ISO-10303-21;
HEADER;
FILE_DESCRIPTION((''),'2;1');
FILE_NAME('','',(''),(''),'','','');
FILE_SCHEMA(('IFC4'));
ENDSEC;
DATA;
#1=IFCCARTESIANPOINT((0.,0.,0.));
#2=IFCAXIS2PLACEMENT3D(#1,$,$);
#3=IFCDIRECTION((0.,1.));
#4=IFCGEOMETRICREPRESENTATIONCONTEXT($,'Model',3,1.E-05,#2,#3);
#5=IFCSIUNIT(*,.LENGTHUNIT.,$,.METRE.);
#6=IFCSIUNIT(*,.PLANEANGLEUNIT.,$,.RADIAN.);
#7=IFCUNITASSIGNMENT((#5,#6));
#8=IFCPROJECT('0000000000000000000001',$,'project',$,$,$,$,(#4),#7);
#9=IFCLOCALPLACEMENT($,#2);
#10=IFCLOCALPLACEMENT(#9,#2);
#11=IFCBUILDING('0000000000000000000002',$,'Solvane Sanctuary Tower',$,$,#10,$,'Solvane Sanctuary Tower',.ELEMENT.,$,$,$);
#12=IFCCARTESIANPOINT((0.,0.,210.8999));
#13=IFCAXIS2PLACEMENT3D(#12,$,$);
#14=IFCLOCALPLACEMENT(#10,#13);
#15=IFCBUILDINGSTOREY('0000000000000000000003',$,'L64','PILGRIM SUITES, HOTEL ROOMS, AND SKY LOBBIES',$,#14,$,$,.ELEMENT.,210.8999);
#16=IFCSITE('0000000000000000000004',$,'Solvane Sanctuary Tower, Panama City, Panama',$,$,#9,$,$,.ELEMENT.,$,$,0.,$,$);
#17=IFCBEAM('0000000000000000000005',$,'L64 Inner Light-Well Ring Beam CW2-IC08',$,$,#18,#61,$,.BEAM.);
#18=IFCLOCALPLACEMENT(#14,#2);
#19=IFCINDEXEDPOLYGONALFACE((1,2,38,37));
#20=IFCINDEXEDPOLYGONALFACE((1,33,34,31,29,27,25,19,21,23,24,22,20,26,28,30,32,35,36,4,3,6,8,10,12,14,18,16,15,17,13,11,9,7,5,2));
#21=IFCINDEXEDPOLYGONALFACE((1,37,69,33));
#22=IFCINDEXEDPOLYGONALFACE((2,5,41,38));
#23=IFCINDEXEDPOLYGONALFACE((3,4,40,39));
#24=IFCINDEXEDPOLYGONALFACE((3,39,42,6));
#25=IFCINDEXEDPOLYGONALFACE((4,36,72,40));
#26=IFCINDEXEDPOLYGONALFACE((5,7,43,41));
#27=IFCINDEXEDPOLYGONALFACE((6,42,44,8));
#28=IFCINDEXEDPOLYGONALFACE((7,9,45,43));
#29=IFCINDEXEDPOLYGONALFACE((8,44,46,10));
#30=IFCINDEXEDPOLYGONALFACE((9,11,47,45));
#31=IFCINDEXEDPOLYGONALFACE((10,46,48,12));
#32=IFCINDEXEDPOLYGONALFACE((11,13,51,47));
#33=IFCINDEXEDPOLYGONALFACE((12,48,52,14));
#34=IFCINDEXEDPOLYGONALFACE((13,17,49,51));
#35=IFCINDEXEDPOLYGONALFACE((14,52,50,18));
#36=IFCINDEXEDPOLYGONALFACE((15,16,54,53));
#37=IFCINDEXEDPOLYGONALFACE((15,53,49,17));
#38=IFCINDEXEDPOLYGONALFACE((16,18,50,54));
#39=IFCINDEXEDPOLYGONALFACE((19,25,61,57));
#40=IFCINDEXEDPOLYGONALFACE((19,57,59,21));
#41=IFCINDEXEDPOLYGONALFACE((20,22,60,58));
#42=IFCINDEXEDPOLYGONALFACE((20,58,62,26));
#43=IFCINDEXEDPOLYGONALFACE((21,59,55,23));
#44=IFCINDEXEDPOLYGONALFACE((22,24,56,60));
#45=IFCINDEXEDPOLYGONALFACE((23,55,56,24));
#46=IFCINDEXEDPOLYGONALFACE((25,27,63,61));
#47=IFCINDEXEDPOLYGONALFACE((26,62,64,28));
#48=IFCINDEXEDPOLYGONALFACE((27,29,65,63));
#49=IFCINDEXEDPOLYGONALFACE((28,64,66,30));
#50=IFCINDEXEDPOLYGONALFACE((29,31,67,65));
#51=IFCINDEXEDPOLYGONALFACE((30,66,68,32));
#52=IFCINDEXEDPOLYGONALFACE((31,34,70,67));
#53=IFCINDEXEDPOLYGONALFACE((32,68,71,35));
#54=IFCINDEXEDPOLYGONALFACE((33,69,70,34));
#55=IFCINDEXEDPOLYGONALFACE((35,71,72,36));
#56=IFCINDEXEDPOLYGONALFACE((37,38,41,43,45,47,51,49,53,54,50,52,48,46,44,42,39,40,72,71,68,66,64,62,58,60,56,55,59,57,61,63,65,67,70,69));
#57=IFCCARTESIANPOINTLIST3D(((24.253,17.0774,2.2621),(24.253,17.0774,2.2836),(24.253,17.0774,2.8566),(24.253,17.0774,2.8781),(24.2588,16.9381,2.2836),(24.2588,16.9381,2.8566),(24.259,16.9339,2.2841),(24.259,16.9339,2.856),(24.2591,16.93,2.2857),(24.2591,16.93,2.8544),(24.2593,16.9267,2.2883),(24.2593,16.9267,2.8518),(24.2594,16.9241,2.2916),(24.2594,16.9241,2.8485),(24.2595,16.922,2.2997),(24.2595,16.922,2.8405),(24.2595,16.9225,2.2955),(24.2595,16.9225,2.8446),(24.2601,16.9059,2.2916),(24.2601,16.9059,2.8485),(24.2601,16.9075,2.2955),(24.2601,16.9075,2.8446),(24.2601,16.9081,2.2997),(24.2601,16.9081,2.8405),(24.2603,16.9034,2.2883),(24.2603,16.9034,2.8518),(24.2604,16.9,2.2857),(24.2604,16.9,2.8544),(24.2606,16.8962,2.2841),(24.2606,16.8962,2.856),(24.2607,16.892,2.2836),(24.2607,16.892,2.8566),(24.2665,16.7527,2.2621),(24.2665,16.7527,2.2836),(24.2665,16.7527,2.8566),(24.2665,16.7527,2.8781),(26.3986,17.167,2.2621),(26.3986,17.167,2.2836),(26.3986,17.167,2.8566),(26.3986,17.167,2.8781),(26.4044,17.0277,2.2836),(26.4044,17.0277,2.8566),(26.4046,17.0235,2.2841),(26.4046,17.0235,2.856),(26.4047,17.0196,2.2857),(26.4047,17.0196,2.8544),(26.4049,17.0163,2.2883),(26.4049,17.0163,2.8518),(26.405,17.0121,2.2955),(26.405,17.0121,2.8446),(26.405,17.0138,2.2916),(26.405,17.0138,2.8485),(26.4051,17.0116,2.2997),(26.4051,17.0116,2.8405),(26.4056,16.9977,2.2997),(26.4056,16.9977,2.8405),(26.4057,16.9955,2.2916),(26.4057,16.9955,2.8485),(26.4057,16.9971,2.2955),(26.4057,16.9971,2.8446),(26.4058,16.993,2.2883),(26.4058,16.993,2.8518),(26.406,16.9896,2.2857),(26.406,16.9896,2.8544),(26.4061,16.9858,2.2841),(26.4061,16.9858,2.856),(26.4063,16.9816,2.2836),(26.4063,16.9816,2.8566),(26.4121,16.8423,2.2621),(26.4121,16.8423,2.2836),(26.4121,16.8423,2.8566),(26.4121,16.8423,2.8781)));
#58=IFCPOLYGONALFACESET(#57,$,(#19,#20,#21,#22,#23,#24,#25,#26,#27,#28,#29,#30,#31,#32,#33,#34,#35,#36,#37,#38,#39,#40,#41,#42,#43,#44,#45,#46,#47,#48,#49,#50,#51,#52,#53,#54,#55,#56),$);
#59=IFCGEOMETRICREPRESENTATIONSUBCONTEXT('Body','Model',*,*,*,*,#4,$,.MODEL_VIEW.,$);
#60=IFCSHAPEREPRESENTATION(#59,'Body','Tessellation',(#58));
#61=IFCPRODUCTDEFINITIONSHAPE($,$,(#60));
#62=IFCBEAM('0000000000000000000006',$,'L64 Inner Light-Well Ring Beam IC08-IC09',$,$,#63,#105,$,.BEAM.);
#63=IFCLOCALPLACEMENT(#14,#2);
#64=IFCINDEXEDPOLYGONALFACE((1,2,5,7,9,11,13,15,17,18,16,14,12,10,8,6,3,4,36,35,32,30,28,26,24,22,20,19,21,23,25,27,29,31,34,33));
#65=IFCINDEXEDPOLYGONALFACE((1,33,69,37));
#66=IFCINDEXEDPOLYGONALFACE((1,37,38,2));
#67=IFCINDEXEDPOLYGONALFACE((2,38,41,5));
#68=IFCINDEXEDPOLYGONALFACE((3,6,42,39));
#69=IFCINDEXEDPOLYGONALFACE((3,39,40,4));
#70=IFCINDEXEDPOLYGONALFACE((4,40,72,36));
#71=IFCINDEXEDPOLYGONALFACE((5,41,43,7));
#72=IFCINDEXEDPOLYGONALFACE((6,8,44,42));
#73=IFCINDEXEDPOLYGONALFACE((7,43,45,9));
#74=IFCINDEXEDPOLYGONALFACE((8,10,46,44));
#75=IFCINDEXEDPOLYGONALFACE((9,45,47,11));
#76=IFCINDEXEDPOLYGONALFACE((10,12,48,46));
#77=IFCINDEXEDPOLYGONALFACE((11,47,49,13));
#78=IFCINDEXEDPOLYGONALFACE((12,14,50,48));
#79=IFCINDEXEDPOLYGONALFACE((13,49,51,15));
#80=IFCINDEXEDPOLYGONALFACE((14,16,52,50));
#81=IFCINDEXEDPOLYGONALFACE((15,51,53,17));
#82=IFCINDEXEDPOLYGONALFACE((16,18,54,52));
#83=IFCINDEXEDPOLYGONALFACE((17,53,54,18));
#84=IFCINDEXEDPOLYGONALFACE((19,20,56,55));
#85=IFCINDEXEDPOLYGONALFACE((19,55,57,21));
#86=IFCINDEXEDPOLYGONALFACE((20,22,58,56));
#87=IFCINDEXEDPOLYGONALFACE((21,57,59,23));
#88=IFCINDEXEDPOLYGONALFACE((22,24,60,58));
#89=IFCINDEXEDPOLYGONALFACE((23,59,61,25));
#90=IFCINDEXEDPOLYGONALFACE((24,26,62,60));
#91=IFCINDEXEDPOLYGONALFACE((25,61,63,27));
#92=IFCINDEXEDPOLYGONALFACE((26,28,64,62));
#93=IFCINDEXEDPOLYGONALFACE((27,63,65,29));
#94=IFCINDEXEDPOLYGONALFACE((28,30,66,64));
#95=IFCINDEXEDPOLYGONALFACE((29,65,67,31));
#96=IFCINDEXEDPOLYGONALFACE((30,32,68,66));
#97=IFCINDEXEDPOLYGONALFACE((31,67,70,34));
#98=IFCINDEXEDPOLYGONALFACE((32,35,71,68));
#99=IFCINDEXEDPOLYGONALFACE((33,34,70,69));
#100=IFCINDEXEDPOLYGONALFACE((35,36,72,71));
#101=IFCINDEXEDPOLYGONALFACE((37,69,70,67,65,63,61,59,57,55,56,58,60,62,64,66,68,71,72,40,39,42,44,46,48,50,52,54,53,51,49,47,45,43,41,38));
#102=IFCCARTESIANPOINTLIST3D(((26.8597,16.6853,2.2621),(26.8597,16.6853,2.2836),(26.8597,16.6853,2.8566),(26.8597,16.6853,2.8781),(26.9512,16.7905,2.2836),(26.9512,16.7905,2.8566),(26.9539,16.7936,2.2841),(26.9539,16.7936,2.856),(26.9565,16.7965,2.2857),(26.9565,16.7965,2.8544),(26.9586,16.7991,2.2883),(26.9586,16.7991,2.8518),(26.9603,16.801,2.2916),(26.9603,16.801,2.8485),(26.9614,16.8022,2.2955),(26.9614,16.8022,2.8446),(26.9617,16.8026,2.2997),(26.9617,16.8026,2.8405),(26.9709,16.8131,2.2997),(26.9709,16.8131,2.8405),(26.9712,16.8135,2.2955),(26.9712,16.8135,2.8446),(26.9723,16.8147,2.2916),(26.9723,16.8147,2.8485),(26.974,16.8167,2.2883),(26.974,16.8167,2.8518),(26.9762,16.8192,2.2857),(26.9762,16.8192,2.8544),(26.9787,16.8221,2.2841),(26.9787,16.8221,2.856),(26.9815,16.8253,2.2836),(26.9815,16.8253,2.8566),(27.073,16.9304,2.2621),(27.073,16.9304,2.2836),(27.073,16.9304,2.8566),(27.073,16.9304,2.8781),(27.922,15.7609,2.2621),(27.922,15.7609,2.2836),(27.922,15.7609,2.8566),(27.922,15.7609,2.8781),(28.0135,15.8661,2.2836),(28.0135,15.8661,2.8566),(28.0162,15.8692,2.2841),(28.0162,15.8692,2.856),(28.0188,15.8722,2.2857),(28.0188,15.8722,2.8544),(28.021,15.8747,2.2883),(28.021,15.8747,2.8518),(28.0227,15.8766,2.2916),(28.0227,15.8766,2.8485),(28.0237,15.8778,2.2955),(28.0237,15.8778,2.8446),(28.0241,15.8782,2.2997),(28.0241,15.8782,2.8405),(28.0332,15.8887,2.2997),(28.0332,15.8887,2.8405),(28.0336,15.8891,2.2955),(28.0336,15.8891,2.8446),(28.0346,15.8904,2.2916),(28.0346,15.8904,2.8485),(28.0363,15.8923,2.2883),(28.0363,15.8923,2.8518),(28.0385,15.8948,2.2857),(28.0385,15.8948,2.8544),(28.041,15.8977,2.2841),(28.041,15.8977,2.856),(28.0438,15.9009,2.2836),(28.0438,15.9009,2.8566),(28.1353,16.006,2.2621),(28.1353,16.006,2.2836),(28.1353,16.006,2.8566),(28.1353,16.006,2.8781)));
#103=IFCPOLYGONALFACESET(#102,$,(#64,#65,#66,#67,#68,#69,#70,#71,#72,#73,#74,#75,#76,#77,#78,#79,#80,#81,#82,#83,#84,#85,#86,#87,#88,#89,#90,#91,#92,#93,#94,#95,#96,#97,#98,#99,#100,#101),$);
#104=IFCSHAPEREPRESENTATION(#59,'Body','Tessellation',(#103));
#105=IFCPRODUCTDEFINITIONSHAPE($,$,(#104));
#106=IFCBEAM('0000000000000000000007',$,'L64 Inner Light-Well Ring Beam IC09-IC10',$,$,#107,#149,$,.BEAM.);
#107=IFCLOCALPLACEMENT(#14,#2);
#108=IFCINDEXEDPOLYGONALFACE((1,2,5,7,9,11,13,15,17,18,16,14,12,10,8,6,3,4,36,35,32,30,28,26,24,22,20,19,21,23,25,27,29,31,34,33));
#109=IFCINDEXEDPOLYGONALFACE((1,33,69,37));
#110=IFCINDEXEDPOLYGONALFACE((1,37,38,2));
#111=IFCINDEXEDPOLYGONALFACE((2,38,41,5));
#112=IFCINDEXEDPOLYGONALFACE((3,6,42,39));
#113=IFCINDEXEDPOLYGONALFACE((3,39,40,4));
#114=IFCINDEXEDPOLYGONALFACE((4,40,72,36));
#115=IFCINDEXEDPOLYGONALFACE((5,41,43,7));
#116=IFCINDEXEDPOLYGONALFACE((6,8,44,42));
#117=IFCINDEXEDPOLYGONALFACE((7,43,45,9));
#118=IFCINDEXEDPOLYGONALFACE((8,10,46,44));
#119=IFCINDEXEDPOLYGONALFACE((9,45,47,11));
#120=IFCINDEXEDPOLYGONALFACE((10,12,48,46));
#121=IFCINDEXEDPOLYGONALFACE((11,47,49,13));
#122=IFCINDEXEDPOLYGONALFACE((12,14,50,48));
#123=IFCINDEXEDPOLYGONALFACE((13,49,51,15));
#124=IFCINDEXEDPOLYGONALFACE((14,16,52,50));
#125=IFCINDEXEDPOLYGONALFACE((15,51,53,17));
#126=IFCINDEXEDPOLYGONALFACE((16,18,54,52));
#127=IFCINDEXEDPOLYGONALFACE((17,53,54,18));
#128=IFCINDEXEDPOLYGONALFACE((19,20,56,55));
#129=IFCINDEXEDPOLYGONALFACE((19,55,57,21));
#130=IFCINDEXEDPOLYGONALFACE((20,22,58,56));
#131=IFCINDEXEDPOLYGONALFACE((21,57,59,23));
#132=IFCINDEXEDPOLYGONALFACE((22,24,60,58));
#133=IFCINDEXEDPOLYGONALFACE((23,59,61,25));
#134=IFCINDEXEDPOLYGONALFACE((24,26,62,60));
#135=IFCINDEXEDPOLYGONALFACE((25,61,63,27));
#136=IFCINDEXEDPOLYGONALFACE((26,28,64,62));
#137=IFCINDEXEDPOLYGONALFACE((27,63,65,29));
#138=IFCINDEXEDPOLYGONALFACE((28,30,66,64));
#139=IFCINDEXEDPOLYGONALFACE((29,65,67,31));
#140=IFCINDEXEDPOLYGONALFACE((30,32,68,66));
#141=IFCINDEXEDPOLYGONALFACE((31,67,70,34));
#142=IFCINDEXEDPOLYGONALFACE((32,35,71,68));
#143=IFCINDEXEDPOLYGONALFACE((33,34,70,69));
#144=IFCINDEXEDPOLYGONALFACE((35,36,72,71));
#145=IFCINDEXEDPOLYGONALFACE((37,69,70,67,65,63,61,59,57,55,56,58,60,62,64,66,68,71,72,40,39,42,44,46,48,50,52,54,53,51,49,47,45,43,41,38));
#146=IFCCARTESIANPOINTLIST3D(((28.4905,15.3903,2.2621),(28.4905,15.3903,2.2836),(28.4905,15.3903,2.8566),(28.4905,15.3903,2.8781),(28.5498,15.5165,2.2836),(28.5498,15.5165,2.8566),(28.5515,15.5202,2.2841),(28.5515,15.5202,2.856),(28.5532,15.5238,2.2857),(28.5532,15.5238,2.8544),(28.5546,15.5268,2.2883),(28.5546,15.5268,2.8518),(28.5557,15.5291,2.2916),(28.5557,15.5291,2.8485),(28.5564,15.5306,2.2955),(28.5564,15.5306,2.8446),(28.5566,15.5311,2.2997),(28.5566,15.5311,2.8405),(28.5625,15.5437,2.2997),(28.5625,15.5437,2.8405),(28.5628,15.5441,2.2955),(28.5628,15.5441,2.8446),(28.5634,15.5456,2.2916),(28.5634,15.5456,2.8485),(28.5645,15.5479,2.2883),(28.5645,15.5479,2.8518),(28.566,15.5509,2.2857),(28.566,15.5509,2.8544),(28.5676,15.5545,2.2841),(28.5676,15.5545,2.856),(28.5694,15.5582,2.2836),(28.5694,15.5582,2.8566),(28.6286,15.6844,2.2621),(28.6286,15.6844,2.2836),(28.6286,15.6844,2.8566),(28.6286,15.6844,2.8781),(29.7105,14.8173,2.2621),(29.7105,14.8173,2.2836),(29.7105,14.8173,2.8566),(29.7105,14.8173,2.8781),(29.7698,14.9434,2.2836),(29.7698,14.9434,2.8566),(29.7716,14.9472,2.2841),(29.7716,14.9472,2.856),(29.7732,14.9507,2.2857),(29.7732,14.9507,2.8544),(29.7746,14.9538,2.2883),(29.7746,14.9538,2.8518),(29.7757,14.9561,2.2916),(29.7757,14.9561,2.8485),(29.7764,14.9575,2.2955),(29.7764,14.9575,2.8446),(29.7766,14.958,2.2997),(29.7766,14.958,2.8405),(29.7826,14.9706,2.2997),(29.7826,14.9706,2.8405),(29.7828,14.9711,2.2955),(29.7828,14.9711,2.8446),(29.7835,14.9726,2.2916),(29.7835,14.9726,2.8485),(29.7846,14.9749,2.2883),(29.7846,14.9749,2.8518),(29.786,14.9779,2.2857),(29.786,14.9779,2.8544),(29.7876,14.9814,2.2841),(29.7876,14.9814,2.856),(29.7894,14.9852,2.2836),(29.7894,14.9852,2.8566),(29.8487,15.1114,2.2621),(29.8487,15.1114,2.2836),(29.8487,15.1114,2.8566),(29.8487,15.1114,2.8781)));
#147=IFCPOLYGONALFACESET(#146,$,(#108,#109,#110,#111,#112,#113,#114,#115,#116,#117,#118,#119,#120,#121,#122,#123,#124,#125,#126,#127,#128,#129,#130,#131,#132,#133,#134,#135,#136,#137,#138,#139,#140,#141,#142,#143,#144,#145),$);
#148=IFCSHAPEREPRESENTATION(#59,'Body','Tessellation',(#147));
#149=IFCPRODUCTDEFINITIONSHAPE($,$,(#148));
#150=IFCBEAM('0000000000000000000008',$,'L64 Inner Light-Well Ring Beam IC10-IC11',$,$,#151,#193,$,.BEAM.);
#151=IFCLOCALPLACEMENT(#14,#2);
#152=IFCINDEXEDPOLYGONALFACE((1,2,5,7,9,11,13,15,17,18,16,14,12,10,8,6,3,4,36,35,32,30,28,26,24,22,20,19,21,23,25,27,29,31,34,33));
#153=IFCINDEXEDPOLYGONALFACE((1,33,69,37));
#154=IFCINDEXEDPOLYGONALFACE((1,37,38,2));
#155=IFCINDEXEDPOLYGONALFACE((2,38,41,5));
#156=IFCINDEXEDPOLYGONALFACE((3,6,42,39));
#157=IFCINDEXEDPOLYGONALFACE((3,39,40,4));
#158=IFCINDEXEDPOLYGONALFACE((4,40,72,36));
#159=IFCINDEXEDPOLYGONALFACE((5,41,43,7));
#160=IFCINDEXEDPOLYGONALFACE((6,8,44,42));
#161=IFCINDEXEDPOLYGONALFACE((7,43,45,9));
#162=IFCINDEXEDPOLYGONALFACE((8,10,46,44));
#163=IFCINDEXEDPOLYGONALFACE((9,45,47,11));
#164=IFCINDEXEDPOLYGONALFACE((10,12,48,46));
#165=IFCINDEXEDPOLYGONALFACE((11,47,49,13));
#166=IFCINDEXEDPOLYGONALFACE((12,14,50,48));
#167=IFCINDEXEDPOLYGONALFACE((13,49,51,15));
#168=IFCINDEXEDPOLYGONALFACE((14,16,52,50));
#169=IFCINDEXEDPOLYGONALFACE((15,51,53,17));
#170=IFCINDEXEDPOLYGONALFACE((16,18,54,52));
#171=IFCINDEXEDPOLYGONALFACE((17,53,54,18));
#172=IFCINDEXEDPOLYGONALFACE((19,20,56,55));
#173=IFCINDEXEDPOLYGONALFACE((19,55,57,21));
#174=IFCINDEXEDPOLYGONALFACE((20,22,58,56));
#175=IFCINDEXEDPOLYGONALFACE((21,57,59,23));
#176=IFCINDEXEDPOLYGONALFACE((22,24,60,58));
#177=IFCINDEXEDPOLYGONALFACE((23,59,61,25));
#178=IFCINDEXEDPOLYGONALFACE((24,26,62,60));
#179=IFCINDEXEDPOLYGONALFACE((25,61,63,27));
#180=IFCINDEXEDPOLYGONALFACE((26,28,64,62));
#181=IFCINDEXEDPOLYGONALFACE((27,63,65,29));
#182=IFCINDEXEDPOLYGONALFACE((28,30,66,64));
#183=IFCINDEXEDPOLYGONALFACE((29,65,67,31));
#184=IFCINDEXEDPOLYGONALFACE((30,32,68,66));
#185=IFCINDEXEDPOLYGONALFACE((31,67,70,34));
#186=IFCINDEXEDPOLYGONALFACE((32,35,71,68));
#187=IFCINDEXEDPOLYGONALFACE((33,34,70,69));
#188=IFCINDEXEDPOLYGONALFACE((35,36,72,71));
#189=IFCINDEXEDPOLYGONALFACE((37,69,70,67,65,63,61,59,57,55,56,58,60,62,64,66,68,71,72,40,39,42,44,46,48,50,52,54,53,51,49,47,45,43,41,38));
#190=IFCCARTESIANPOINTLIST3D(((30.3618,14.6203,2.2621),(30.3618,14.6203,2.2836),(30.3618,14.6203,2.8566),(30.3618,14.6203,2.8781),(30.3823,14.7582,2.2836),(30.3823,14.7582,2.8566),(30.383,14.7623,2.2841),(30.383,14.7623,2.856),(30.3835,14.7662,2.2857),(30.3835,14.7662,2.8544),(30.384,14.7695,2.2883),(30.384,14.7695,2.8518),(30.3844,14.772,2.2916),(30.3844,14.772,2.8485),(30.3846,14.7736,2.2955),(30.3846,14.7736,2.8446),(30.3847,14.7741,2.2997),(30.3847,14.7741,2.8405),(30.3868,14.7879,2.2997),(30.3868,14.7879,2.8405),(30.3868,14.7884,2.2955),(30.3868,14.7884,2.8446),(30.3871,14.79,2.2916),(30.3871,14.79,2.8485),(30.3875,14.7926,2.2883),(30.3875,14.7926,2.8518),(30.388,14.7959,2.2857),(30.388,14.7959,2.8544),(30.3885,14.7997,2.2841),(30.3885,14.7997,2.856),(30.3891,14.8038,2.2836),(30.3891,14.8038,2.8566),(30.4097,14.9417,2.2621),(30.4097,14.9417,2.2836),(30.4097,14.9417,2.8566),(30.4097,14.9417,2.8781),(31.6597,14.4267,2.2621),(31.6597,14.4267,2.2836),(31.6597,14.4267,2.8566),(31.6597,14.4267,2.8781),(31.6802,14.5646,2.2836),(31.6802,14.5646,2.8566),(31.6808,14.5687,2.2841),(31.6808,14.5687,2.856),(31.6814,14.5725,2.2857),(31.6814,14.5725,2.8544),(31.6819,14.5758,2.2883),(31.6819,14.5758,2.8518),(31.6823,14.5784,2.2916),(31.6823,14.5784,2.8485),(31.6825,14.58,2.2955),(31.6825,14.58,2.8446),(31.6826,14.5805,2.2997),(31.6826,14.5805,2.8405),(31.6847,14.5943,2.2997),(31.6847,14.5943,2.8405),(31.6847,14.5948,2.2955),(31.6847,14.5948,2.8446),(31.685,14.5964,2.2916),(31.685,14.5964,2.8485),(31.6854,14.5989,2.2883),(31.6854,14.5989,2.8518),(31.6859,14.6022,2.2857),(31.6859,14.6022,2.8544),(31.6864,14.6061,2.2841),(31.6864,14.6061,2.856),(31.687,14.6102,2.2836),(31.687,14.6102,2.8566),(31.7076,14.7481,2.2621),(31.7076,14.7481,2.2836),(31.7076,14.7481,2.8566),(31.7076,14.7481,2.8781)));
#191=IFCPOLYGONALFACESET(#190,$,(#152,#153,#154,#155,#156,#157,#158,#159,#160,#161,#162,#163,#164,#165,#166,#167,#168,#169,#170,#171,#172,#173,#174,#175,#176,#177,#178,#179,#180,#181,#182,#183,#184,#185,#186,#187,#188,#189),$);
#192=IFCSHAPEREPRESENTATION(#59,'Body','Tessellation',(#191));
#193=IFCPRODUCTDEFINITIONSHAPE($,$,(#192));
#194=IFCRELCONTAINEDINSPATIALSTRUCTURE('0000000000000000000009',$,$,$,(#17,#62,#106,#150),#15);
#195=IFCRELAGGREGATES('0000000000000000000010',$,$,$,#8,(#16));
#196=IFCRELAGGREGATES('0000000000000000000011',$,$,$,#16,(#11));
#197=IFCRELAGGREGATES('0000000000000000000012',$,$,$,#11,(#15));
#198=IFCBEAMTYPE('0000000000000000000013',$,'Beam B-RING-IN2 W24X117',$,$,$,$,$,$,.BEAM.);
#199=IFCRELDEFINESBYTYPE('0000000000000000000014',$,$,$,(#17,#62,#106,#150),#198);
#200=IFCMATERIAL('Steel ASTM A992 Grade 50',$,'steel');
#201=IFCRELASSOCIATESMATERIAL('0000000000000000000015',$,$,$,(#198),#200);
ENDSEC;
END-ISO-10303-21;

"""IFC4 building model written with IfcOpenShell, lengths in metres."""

from ifc_helpers import new_model, si_unit, direction, frame, origin, origin_2d, place, context, subcontext, project, spatial, i_section, extrude, material, material_profile, profile_set, type_object, element, save


model = new_model("IFC4")

# Units and contexts
model_context = context("Model", 3, precision=1e-05, world=origin(), true_north=direction((0.0, 1.0)))
body_context = subcontext(model_context, "Body", "Model", "MODEL_VIEW")
ifc_project = project(units=[si_unit("LENGTHUNIT", "METRE"), si_unit("PLANEANGLEUNIT", "RADIAN")], contexts=[model_context])

# Site, building, storey
site_placement = place(None, origin())
site = spatial("IfcSite", under=ifc_project, at=site_placement, Name="Solvane Sanctuary Tower, Panama City, Panama", CompositionType="ELEMENT", RefElevation=0.0)
building_placement = place(site_placement, origin())
building = spatial("IfcBuilding", under=site, at=building_placement, Name="Solvane Sanctuary Tower", LongName="Solvane Sanctuary Tower", CompositionType="ELEMENT")
storey_placement = place(building_placement, frame((0.0, 0.0, 210.8999)))
storey = spatial("IfcBuildingStorey", under=building, at=storey_placement, Name="L64", Description="PILGRIM SUITES, HOTEL ROOMS, AND SKY LOBBIES", CompositionType="ELEMENT", Elevation=210.8999)

# Beams
ifc_material_1 = material(Name="Steel ASTM A992 Grade 50", Category="steel")
ifc_material_profile_1 = material_profile(ifc_material_1, i_section(OverallWidth=0.325, OverallDepth=0.616, WebThickness=0.0139, FlangeThickness=0.0215, FilletRadius=0.0161, at=origin_2d()), Name="W24X117")
ifc_profile_set_1 = profile_set([ifc_material_profile_1], Name="Steel ASTM A992 Grade 50")
beam_type_1 = type_object("IfcBeamType", Name="Beam B-RING-IN2 W24X117", PredefinedType="BEAM", material=ifc_profile_set_1)
beam_1_placement = place(storey_placement, frame((24.2598, 16.915, 2.5701), z_axis=(0.999129, 0.041725, 0.0), x_axis=(-0.041725, 0.999129, 0.0)))
element("IfcBeam", 1, at=beam_1_placement, inside=storey, type_object=beam_type_1, Name="L64 Inner Light-Well Ring Beam CW2-IC08", PredefinedType="BEAM", context=body_context, shape_type="SweptSolid", body=[
    extrude(i_section(OverallWidth=0.325, OverallDepth=0.616, WebThickness=0.0139, FlangeThickness=0.0215, FilletRadius=0.0161, at=origin_2d()), origin(), (0.0, 0.0, 1.0), 2.1475),
])
beam_2_placement = place(storey_placement, frame((26.9663, 16.8079, 2.5701), z_axis=(0.754389, -0.656428, 0.0), x_axis=(0.656428, 0.754389, 0.0)))
element("IfcBeam", 2, at=beam_2_placement, inside=storey, type_object=beam_type_1, Name="L64 Inner Light-Well Ring Beam IC08-IC09", PredefinedType="BEAM", context=body_context, shape_type="SweptSolid", body=[
    extrude(i_section(OverallWidth=0.325, OverallDepth=0.616, WebThickness=0.0139, FlangeThickness=0.0215, FilletRadius=0.0161, at=origin_2d()), origin(), (0.0, 0.0, 1.0), 1.4082),
])
beam_3_placement = place(storey_placement, frame((28.5596, 15.5374, 2.5701), z_axis=(0.905135, -0.425125, 0.0), x_axis=(0.425125, 0.905135, 0.0)))
element("IfcBeam", 3, at=beam_3_placement, inside=storey, type_object=beam_type_1, Name="L64 Inner Light-Well Ring Beam IC09-IC10", PredefinedType="BEAM", context=body_context, shape_type="SweptSolid", body=[
    extrude(i_section(OverallWidth=0.325, OverallDepth=0.616, WebThickness=0.0139, FlangeThickness=0.0215, FilletRadius=0.0161, at=origin_2d()), origin(), (0.0, 0.0, 1.0), 1.3479),
])
beam_4_placement = place(storey_placement, frame((30.3857, 14.781, 2.5701), z_axis=(0.989056, -0.14754, 0.0), x_axis=(0.14754, 0.989056, 0.0)))
element("IfcBeam", 4, at=beam_4_placement, inside=storey, type_object=beam_type_1, Name="L64 Inner Light-Well Ring Beam IC10-IC11", PredefinedType="BEAM", context=body_context, shape_type="SweptSolid", body=[
    extrude(i_section(OverallWidth=0.325, OverallDepth=0.616, WebThickness=0.0139, FlangeThickness=0.0215, FilletRadius=0.0161, at=origin_2d()), origin(), (0.0, 0.0, 1.0), 1.3123),
])

save(model, "model.ifc")
